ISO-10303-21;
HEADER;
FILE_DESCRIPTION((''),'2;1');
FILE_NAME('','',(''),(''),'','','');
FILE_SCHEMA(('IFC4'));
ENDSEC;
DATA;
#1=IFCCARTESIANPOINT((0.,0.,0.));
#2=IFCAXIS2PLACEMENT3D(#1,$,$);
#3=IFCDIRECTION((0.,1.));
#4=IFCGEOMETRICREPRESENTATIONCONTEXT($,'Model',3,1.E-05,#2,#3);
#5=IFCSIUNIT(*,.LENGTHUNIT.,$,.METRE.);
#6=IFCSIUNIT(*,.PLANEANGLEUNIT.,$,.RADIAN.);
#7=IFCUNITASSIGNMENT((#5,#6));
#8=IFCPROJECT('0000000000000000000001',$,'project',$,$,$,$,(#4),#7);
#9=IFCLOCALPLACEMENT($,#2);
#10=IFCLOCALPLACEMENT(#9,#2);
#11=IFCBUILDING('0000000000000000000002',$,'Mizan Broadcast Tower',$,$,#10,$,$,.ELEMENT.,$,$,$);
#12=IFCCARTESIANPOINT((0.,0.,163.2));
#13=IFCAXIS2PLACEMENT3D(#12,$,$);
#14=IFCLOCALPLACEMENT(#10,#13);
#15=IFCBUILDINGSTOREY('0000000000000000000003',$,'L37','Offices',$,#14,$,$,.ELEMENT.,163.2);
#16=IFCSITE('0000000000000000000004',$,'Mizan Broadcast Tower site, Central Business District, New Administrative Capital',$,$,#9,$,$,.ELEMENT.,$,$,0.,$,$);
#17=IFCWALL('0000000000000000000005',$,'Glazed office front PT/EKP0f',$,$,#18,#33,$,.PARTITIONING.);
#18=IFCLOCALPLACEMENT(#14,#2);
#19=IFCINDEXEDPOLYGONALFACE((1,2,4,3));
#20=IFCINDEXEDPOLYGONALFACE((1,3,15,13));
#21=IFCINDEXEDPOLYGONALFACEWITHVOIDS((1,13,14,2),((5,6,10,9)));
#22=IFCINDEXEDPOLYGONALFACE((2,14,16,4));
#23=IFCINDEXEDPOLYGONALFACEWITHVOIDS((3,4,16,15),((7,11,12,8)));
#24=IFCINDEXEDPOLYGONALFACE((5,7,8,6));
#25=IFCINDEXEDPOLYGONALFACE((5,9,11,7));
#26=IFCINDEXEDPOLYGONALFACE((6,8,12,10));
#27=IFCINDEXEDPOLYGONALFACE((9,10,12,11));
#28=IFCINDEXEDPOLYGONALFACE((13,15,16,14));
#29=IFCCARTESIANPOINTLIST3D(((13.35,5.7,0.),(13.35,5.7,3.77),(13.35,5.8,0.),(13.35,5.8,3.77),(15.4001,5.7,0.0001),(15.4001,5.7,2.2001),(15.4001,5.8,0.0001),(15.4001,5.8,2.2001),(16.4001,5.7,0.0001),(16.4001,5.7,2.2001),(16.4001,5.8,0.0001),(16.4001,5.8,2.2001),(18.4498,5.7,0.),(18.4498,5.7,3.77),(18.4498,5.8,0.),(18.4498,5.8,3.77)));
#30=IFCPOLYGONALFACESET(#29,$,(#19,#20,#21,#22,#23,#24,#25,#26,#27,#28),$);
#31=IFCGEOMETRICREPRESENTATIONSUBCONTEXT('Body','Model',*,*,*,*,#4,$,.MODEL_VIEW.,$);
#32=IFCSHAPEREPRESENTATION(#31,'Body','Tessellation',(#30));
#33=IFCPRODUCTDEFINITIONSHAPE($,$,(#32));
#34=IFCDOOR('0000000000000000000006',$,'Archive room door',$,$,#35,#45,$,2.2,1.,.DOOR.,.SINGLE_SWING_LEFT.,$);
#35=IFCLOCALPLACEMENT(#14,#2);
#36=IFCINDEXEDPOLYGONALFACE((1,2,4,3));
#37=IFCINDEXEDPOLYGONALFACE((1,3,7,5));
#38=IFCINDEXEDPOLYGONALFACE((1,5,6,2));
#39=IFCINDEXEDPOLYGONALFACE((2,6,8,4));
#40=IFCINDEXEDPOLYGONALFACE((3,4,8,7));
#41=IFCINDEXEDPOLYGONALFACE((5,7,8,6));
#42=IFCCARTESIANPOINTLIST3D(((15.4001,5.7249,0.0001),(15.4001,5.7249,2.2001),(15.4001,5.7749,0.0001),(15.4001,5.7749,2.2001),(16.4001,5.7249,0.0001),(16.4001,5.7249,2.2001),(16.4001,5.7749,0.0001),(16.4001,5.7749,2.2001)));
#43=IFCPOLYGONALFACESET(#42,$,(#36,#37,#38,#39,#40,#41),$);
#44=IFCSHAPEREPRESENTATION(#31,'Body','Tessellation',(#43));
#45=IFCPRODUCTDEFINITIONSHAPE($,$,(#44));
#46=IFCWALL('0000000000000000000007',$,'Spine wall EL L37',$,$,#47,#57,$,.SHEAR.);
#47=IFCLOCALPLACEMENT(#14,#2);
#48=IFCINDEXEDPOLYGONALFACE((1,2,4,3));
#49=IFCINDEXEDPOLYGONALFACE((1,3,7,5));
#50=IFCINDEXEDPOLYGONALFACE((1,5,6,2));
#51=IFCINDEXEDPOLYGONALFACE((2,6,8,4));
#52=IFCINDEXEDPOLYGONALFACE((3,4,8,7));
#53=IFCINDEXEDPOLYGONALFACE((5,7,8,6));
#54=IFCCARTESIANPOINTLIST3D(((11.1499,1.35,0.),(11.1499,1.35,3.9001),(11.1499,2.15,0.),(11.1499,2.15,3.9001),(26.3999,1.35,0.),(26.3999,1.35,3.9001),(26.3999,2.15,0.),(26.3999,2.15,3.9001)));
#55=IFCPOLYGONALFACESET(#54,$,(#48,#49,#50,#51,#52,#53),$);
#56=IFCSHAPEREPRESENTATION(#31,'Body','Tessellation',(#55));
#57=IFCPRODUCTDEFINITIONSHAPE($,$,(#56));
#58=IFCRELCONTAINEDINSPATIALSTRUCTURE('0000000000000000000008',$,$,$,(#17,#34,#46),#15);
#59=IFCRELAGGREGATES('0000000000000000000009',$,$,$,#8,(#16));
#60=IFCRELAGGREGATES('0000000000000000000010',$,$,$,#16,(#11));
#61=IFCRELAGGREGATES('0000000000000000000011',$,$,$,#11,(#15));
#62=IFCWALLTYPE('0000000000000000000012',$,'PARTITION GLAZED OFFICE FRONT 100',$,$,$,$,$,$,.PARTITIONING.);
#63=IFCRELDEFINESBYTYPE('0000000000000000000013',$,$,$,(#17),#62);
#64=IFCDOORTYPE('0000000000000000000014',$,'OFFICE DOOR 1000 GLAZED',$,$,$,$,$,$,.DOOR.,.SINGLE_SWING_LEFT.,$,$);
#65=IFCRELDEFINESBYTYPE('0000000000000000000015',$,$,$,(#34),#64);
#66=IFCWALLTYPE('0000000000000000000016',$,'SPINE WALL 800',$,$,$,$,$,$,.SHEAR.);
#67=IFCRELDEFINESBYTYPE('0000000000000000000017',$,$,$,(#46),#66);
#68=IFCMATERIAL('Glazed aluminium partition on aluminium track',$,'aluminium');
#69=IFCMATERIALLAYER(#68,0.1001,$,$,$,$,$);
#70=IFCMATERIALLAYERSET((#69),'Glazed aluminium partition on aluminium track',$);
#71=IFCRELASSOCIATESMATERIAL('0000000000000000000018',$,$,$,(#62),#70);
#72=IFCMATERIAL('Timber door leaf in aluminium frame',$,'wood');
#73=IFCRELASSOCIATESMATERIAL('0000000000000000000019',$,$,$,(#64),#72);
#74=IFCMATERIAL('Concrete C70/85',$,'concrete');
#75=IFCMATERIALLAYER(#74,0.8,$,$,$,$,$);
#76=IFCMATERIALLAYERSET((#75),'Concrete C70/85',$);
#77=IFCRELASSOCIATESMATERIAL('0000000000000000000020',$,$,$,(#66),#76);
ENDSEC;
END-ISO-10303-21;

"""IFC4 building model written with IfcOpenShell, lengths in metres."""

from ifc_helpers import new_model, si_unit, direction, frame, frame_2d, origin, place, context, subcontext, project, spatial, rectangle, extrude, material, layer, layer_set, type_object, element, fill, save


model = new_model("IFC4")

# Units and contexts
model_context = context("Model", 3, precision=1e-05, world=origin(), true_north=direction((0.0, 1.0)))
body_context = subcontext(model_context, "Body", "Model", "MODEL_VIEW")
ifc_project = project(units=[si_unit("LENGTHUNIT", "METRE"), si_unit("PLANEANGLEUNIT", "RADIAN")], contexts=[model_context])

# Site, building, storey
site_placement = place(None, origin())
site = spatial("IfcSite", under=ifc_project, at=site_placement, Name="Mizan Broadcast Tower site, Central Business District, New Administrative Capital", CompositionType="ELEMENT", RefElevation=0.0)
building_placement = place(site_placement, origin())
building = spatial("IfcBuilding", under=site, at=building_placement, Name="Mizan Broadcast Tower", CompositionType="ELEMENT")
storey_placement = place(building_placement, frame((0.0, 0.0, 163.2)))
storey = spatial("IfcBuildingStorey", under=building, at=storey_placement, Name="L37", Description="Offices", CompositionType="ELEMENT", Elevation=163.2)

# Shared definitions
ifc_material_1 = material(Name="Glazed aluminium partition on aluminium track", Category="aluminium")
ifc_layer_1 = layer(ifc_material_1, 0.1001)
ifc_layer_set_1 = layer_set([ifc_layer_1], Name="Glazed aluminium partition on aluminium track")
wall_type_1 = type_object("IfcWallType", Name="PARTITION GLAZED OFFICE FRONT 100", PredefinedType="PARTITIONING", material=ifc_layer_set_1)

# Wall, opening, door
wall_1_placement = place(storey_placement, frame((13.3501, 5.75, 0.0), z_axis=(0.0, 0.0, 1.0), x_axis=(1.0, 0.0, 0.0)))
wall_1 = element("IfcWall", 1, at=wall_1_placement, inside=storey, type_object=wall_type_1, Name="Glazed office front PT/EKP0f", PredefinedType="PARTITIONING", context=body_context, shape_type="SweptSolid", body=[
    extrude(rectangle(XDim=5.0999, YDim=0.1001, at=frame_2d((2.5498, 0.0))), origin(), (0.0, 0.0, 1.0), 3.77),
])
opening_1_placement = place(wall_1_placement, frame((2.05, 0.0, 0.0)))
opening_1 = element("IfcOpeningElement", 2, at=opening_1_placement, cuts=wall_1, PredefinedType="OPENING", context=body_context, shape_type="SweptSolid", body=[
    extrude(rectangle(XDim=1.0, YDim=2.2, at=frame_2d((0.5, 1.1001))), frame((0.0, 0.0601, 0.0), z_axis=(0.0, -1.0, 0.0), x_axis=(1.0, 0.0, 0.0)), (0.0, 0.0, 1.0), 0.1201),
])
ifc_material_2 = material(Name="Timber door leaf in aluminium frame", Category="wood")
door_type_1 = type_object("IfcDoorType", Name="OFFICE DOOR 1000 GLAZED", OperationType="SINGLE_SWING_LEFT", PredefinedType="DOOR", material=ifc_material_2)
door_1_placement = place(opening_1_placement, origin())
door_1 = element("IfcDoor", 3, at=door_1_placement, inside=storey, type_object=door_type_1, Name="Archive room door", OperationType="SINGLE_SWING_LEFT", OverallHeight=2.2, OverallWidth=1.0, PredefinedType="DOOR", context=body_context, shape_type="SweptSolid", body=[
    extrude(rectangle(XDim=1.0, YDim=2.2, at=frame_2d((0.5, 1.1001))), frame((0.0, 0.0249, 0.0), z_axis=(0.0, -1.0, 0.0), x_axis=(1.0, 0.0, 0.0)), (0.0, 0.0, 1.0), 0.05),
])
fill(opening_1, door_1)

# Wall
ifc_material_3 = material(Name="Concrete C70/85", Category="concrete")
ifc_layer_2 = layer(ifc_material_3, 0.8)
ifc_layer_set_2 = layer_set([ifc_layer_2], Name="Concrete C70/85")
wall_type_2 = type_object("IfcWallType", Name="SPINE WALL 800", PredefinedType="SHEAR", material=ifc_layer_set_2)
wall_2_placement = place(storey_placement, frame((11.1499, 1.75, 0.0), z_axis=(0.0, 0.0, 1.0), x_axis=(1.0, 0.0, 0.0)))
element("IfcWall", 4, at=wall_2_placement, inside=storey, type_object=wall_type_2, Name="Spine wall EL L37", PredefinedType="SHEAR", context=body_context, shape_type="SweptSolid", body=[
    extrude(rectangle(XDim=15.25, YDim=0.8, at=frame_2d((7.625, 0.0))), origin(), (0.0, 0.0, 1.0), 3.9001),
])

save(model, "model.ifc")
